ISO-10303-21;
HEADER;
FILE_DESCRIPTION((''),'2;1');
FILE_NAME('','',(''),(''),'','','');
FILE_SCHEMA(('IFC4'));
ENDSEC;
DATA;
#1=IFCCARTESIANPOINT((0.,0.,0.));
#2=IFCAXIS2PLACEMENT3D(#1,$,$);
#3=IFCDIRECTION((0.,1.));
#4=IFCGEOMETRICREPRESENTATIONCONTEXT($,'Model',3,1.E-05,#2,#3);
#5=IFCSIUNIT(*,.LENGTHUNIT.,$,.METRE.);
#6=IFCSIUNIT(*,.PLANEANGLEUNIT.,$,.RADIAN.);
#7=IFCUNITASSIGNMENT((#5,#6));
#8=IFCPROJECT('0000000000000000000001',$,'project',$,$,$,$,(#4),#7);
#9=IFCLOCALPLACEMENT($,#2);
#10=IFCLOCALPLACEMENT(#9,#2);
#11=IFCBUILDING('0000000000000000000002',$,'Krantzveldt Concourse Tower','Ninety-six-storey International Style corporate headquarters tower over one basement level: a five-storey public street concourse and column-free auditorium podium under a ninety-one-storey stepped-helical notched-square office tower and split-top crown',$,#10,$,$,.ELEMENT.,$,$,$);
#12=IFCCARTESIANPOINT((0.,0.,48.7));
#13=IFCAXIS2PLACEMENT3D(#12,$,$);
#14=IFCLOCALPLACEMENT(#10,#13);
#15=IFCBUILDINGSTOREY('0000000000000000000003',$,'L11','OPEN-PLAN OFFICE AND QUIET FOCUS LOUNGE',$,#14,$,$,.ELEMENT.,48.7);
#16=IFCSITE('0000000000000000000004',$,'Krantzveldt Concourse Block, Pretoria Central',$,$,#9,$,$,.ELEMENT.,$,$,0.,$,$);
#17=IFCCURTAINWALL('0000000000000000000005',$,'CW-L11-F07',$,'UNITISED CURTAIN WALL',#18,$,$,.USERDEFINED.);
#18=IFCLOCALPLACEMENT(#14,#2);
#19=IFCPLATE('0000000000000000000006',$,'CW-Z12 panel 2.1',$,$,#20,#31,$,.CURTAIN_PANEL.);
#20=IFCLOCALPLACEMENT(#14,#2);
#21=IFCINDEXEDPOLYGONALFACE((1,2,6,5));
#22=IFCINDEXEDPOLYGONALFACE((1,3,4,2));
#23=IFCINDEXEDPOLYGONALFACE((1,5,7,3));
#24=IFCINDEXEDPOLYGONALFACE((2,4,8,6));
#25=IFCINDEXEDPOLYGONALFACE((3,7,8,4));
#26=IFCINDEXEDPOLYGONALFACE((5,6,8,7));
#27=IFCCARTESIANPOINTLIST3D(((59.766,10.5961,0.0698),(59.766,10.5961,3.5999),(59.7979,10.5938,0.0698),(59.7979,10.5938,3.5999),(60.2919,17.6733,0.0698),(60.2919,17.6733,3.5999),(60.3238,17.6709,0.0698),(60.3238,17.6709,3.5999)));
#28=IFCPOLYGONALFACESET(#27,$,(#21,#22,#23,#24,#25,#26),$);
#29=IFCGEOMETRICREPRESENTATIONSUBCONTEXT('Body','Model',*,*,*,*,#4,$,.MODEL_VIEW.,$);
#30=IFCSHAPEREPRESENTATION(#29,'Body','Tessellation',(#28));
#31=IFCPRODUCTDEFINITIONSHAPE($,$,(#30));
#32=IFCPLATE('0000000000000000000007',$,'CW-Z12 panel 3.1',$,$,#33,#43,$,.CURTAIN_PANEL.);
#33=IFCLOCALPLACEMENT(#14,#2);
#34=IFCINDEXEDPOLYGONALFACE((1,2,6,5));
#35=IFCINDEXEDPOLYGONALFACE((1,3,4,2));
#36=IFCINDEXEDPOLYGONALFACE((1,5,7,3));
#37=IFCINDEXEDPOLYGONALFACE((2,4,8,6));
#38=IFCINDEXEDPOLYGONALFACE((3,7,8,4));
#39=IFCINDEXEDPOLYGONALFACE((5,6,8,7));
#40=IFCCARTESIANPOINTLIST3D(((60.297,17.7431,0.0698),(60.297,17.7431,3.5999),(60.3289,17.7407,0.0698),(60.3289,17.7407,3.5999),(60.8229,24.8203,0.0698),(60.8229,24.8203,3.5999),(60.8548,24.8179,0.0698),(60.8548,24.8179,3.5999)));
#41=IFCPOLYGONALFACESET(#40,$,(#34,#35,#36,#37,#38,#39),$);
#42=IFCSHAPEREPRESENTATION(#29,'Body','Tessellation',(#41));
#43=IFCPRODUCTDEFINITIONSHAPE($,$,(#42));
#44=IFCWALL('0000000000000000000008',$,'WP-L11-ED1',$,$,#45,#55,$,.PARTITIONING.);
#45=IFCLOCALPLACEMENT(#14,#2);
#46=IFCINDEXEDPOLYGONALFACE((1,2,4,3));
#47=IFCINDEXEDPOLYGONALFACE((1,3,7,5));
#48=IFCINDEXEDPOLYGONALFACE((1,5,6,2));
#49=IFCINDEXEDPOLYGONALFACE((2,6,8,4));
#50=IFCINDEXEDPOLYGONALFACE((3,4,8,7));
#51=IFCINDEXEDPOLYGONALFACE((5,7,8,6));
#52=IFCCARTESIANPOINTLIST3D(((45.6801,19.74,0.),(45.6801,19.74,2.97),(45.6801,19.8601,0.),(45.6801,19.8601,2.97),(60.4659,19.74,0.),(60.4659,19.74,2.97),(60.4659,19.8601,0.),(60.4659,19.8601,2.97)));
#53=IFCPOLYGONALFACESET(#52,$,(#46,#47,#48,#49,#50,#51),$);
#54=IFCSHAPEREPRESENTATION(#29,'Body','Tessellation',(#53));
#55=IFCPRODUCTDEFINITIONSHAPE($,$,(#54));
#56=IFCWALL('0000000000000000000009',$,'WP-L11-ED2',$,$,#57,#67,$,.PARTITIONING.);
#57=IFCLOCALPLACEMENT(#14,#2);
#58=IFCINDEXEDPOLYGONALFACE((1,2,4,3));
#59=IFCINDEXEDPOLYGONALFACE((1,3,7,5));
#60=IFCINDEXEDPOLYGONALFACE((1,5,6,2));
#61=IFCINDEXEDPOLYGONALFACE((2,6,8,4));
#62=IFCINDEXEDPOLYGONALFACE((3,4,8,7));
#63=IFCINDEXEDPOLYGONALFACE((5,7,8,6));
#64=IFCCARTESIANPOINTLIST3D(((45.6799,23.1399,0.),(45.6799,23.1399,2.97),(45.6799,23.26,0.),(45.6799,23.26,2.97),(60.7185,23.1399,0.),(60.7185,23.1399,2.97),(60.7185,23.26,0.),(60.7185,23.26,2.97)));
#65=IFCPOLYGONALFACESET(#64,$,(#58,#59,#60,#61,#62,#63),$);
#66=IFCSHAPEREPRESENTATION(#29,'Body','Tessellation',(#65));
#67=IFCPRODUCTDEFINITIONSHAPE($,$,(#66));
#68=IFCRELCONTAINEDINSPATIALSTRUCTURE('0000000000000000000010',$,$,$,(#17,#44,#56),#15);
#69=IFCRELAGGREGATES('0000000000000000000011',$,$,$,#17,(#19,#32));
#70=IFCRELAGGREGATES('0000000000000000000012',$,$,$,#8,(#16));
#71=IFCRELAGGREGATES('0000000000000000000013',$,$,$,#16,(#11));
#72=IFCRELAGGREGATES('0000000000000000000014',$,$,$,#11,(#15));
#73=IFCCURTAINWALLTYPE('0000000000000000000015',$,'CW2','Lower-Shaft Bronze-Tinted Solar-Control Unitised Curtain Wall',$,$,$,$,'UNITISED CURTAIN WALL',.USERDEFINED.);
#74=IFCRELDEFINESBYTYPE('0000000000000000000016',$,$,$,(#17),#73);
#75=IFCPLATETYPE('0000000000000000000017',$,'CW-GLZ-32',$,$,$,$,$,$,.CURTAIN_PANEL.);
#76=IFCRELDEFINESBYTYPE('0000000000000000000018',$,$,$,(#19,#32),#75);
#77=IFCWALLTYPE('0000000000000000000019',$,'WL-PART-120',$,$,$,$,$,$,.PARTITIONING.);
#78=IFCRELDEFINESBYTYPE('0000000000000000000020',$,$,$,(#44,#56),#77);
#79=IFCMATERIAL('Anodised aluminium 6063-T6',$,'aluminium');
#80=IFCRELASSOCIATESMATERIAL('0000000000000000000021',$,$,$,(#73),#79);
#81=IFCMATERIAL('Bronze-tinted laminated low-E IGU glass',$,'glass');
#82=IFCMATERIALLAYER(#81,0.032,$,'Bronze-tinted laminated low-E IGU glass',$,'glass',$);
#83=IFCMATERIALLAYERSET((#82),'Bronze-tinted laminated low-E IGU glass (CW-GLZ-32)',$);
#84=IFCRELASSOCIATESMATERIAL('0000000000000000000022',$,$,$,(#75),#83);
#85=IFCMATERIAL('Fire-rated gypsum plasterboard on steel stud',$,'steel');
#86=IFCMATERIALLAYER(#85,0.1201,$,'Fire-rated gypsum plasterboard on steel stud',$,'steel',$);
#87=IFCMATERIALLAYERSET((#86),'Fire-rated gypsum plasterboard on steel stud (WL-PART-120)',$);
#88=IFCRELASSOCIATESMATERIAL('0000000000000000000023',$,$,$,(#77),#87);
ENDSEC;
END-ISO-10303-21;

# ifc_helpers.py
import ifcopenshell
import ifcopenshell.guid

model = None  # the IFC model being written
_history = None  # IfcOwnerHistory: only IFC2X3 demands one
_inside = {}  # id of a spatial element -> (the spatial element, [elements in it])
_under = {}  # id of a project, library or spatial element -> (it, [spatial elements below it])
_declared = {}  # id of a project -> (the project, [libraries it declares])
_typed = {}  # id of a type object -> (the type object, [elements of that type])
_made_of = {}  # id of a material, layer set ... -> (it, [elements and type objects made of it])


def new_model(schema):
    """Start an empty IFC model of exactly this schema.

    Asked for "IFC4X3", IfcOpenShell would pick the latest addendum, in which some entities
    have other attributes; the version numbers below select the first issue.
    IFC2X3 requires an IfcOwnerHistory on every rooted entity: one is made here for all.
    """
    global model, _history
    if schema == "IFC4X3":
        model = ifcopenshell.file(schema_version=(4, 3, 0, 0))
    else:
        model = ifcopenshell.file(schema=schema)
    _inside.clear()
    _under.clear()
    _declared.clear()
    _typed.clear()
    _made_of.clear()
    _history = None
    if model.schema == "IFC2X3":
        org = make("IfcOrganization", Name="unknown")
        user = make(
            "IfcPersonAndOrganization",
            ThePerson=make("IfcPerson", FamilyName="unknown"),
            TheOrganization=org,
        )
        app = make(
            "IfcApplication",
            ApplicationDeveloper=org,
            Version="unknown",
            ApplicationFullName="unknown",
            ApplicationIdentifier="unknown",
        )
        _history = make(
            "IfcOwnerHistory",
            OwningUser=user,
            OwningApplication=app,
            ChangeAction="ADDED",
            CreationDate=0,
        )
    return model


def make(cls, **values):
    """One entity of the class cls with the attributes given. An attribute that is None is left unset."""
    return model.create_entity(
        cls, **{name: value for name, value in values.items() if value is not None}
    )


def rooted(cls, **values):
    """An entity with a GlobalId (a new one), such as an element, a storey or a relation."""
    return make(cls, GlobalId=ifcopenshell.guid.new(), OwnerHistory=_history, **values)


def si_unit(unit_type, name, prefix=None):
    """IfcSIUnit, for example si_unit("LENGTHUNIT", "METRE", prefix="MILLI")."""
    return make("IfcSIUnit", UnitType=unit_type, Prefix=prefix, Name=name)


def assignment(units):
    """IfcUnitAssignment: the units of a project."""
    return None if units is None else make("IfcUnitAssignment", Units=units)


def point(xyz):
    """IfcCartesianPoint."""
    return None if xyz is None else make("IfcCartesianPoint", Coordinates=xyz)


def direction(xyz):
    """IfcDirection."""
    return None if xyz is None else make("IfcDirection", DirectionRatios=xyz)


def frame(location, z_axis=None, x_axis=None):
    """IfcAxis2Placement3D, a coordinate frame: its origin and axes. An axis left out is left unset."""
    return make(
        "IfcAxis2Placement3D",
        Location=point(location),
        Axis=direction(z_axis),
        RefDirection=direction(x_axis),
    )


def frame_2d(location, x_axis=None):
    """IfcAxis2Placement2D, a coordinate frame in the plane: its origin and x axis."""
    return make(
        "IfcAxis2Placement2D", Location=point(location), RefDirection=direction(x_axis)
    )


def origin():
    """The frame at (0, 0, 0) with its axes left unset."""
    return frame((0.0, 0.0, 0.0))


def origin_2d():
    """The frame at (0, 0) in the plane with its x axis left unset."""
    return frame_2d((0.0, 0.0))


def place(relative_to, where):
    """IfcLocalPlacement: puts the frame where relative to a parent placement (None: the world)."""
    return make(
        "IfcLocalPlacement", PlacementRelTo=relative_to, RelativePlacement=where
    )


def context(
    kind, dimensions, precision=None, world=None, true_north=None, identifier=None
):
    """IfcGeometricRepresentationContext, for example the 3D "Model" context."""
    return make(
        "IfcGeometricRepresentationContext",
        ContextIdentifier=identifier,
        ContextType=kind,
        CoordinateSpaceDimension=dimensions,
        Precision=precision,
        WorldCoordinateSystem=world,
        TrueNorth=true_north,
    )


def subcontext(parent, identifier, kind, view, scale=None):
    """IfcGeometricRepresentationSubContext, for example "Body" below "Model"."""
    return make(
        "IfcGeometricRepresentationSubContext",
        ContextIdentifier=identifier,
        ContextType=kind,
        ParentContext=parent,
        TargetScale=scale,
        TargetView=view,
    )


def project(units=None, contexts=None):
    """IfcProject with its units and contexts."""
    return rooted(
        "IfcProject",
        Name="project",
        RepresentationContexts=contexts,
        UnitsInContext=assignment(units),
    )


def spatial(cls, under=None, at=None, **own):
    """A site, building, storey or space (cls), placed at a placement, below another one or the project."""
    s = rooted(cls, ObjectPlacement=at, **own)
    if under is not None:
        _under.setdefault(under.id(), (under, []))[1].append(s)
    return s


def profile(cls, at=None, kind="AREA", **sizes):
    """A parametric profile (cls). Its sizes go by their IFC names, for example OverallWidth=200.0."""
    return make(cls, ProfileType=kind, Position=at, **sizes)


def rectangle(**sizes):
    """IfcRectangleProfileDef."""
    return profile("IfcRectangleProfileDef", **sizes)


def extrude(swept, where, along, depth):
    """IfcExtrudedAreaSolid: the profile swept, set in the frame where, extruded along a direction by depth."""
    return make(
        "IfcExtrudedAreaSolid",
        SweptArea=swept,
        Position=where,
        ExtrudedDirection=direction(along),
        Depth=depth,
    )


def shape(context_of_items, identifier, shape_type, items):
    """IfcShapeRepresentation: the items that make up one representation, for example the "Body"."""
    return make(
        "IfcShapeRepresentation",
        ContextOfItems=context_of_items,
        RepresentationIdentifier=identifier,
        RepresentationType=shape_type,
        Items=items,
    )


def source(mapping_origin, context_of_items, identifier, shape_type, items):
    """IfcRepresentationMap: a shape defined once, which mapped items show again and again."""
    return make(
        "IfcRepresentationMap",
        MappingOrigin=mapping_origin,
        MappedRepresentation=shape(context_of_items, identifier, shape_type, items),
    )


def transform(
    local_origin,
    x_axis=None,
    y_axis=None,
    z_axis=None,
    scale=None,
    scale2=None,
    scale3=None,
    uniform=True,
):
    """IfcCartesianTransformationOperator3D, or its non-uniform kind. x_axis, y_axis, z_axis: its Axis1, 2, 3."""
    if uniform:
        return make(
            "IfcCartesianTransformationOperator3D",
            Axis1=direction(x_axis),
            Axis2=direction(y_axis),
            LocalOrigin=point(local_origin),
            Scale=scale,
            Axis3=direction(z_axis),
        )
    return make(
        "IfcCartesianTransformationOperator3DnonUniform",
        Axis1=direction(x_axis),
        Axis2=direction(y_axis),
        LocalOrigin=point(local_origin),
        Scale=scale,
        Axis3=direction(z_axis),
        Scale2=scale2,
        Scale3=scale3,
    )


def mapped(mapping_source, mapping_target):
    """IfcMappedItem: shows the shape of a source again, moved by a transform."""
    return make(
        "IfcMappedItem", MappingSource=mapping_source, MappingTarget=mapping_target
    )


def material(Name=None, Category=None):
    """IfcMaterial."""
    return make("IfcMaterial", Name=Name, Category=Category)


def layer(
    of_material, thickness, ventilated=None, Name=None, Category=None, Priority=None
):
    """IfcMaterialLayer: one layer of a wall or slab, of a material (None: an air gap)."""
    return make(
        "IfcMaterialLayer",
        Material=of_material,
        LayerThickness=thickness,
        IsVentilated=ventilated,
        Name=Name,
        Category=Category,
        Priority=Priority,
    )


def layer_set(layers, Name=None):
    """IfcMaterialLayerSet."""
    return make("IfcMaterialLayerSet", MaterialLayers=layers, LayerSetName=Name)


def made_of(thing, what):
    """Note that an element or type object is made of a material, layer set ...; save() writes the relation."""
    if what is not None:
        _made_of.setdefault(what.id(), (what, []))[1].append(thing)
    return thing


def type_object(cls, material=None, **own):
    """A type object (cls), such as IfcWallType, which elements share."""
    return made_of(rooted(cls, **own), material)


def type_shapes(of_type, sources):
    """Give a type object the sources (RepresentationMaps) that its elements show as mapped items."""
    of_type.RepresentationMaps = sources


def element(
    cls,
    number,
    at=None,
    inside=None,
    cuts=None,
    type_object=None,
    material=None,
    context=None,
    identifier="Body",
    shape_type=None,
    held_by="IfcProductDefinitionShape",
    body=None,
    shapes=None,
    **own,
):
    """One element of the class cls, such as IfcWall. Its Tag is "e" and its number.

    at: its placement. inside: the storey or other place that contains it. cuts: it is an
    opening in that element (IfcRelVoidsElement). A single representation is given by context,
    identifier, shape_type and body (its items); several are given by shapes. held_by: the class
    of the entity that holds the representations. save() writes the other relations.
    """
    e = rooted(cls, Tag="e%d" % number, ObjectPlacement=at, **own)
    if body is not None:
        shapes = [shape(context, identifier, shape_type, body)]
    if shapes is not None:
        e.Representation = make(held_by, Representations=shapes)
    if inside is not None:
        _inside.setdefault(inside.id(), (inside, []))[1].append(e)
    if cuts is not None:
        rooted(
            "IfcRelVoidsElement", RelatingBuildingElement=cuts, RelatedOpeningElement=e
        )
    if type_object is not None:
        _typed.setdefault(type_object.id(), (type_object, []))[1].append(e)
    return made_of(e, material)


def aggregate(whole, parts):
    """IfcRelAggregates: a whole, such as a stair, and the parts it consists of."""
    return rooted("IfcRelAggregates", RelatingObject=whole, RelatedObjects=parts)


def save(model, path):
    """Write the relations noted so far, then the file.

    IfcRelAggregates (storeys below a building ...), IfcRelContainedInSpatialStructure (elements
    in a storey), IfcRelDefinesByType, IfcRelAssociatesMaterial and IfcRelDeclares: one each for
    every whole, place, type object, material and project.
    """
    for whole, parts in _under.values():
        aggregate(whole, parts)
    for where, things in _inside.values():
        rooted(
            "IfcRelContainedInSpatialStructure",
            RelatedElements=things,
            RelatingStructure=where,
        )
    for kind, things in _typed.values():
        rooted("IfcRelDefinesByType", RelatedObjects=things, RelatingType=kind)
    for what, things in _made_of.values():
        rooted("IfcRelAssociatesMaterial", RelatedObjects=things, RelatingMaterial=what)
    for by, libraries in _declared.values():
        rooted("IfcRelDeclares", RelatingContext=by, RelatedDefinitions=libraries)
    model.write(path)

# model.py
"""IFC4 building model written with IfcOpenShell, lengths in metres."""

from ifc_helpers import new_model, si_unit, direction, frame, frame_2d, origin, origin_2d, place, context, subcontext, project, spatial, rectangle, extrude, source, transform, mapped, material, layer, layer_set, type_object, type_shapes, element, aggregate, save


model = new_model("IFC4")

# Units and contexts
model_context = context("Model", 3, precision=1e-05, world=origin(), true_north=direction((0.0, 1.0)))
body_context = subcontext(model_context, "Body", "Model", "MODEL_VIEW")
ifc_project = project(units=[si_unit("LENGTHUNIT", "METRE"), si_unit("PLANEANGLEUNIT", "RADIAN")], contexts=[model_context])

# Site, building, storey
site_placement = place(None, origin())
site = spatial("IfcSite", under=ifc_project, at=site_placement, Name="Krantzveldt Concourse Block, Pretoria Central", CompositionType="ELEMENT", RefElevation=0.0)
building_placement = place(site_placement, origin())
building = spatial("IfcBuilding", under=site, at=building_placement, Name="Krantzveldt Concourse Tower", Description="Ninety-six-storey International Style corporate headquarters tower over one basement level: a five-storey public street concourse and column-free auditorium podium under a ninety-one-storey stepped-helical notched-square office tower and split-top crown", CompositionType="ELEMENT")
storey_placement = place(building_placement, frame((0.0, 0.0, 48.7)))
storey = spatial("IfcBuildingStorey", under=building, at=storey_placement, Name="L11", Description="OPEN-PLAN OFFICE AND QUIET FOCUS LOUNGE", CompositionType="ELEMENT", Elevation=48.7)

# Curtain wall, plates
ifc_material_1 = material(Name="Anodised aluminium 6063-T6", Category="aluminium")
curtain_wall_type = type_object("IfcCurtainWallType", Name="CW2", Description="Lower-Shaft Bronze-Tinted Solar-Control Unitised Curtain Wall", ElementType="UNITISED CURTAIN WALL", PredefinedType="USERDEFINED", material=ifc_material_1)
curtain_wall_placement = place(storey_placement, origin())
curtain_wall = element("IfcCurtainWall", 1, at=curtain_wall_placement, inside=storey, type_object=curtain_wall_type, Name="CW-L11-F07", ObjectType="UNITISED CURTAIN WALL", PredefinedType="USERDEFINED")
ifc_material_2 = material(Name="Bronze-tinted laminated low-E IGU glass", Category="glass")
ifc_layer_1 = layer(ifc_material_2, 0.032, Name="Bronze-tinted laminated low-E IGU glass", Category="glass")
ifc_layer_set_1 = layer_set([ifc_layer_1], Name="Bronze-tinted laminated low-E IGU glass (CW-GLZ-32)")
plate_type = type_object("IfcPlateType", Name="CW-GLZ-32", PredefinedType="CURTAIN_PANEL", material=ifc_layer_set_1)
shared_shape_1 = source(origin(), body_context, "Body", "SweptSolid", [
    extrude(rectangle(XDim=7.0967, YDim=0.032, at=origin_2d()), origin(), (0.0, 0.0, 1.0), 3.53),
])
type_shapes(plate_type, [shared_shape_1])
plate_1_placement = place(storey_placement, frame((60.0449, 14.1335, 0.0698), z_axis=(0.0, 0.0, 1.0), x_axis=(0.074109, 0.99725, 0.0)))
plate_1 = element("IfcPlate", 2, at=plate_1_placement, type_object=plate_type, Name="CW-Z12 panel 2.1", PredefinedType="CURTAIN_PANEL", context=body_context, shape_type="MappedRepresentation", body=[
    mapped(shared_shape_1, transform((0.0, 0.0, 0.0), x_axis=(1.0, 0.0, 0.0), y_axis=(0.0, 1.0, 0.0), z_axis=(0.0, 0.0, 1.0), scale=1.0)),
])
plate_2_placement = place(storey_placement, frame((60.5759, 21.2805, 0.0698), z_axis=(0.0, 0.0, 1.0), x_axis=(0.074109, 0.99725, 0.0)))
plate_2 = element("IfcPlate", 3, at=plate_2_placement, type_object=plate_type, Name="CW-Z12 panel 3.1", PredefinedType="CURTAIN_PANEL", context=body_context, shape_type="MappedRepresentation", body=[
    mapped(shared_shape_1, transform((0.0, 0.0, 0.0), x_axis=(1.0, 0.0, 0.0), y_axis=(0.0, 1.0, 0.0), z_axis=(0.0, 0.0, 1.0), scale=1.0)),
])
aggregate(curtain_wall, [plate_1, plate_2])

# Walls
ifc_material_3 = material(Name="Fire-rated gypsum plasterboard on steel stud", Category="steel")
ifc_layer_2 = layer(ifc_material_3, 0.1201, Name="Fire-rated gypsum plasterboard on steel stud", Category="steel")
ifc_layer_set_2 = layer_set([ifc_layer_2], Name="Fire-rated gypsum plasterboard on steel stud (WL-PART-120)")
wall_type = type_object("IfcWallType", Name="WL-PART-120", PredefinedType="PARTITIONING", material=ifc_layer_set_2)
wall_1_placement = place(storey_placement, frame((45.6799, 19.8, 0.0), z_axis=(0.0, 0.0, 1.0), x_axis=(1.0, 0.0, 0.0)))
element("IfcWall", 4, at=wall_1_placement, inside=storey, type_object=wall_type, Name="WP-L11-ED1", PredefinedType="PARTITIONING", context=body_context, shape_type="SweptSolid", body=[
    extrude(rectangle(XDim=14.7859, YDim=0.1201, at=frame_2d((7.3931, 0.0))), origin(), (0.0, 0.0, 1.0), 2.97),
])
wall_2_placement = place(storey_placement, frame((45.6799, 23.2, 0.0), z_axis=(0.0, 0.0, 1.0), x_axis=(1.0, 0.0, 0.0)))
element("IfcWall", 5, at=wall_2_placement, inside=storey, type_object=wall_type, Name="WP-L11-ED2", PredefinedType="PARTITIONING", context=body_context, shape_type="SweptSolid", body=[
    extrude(rectangle(XDim=15.0386, YDim=0.1201, at=frame_2d((7.5193, 0.0))), origin(), (0.0, 0.0, 1.0), 2.97),
])

save(model, "model.ifc")
